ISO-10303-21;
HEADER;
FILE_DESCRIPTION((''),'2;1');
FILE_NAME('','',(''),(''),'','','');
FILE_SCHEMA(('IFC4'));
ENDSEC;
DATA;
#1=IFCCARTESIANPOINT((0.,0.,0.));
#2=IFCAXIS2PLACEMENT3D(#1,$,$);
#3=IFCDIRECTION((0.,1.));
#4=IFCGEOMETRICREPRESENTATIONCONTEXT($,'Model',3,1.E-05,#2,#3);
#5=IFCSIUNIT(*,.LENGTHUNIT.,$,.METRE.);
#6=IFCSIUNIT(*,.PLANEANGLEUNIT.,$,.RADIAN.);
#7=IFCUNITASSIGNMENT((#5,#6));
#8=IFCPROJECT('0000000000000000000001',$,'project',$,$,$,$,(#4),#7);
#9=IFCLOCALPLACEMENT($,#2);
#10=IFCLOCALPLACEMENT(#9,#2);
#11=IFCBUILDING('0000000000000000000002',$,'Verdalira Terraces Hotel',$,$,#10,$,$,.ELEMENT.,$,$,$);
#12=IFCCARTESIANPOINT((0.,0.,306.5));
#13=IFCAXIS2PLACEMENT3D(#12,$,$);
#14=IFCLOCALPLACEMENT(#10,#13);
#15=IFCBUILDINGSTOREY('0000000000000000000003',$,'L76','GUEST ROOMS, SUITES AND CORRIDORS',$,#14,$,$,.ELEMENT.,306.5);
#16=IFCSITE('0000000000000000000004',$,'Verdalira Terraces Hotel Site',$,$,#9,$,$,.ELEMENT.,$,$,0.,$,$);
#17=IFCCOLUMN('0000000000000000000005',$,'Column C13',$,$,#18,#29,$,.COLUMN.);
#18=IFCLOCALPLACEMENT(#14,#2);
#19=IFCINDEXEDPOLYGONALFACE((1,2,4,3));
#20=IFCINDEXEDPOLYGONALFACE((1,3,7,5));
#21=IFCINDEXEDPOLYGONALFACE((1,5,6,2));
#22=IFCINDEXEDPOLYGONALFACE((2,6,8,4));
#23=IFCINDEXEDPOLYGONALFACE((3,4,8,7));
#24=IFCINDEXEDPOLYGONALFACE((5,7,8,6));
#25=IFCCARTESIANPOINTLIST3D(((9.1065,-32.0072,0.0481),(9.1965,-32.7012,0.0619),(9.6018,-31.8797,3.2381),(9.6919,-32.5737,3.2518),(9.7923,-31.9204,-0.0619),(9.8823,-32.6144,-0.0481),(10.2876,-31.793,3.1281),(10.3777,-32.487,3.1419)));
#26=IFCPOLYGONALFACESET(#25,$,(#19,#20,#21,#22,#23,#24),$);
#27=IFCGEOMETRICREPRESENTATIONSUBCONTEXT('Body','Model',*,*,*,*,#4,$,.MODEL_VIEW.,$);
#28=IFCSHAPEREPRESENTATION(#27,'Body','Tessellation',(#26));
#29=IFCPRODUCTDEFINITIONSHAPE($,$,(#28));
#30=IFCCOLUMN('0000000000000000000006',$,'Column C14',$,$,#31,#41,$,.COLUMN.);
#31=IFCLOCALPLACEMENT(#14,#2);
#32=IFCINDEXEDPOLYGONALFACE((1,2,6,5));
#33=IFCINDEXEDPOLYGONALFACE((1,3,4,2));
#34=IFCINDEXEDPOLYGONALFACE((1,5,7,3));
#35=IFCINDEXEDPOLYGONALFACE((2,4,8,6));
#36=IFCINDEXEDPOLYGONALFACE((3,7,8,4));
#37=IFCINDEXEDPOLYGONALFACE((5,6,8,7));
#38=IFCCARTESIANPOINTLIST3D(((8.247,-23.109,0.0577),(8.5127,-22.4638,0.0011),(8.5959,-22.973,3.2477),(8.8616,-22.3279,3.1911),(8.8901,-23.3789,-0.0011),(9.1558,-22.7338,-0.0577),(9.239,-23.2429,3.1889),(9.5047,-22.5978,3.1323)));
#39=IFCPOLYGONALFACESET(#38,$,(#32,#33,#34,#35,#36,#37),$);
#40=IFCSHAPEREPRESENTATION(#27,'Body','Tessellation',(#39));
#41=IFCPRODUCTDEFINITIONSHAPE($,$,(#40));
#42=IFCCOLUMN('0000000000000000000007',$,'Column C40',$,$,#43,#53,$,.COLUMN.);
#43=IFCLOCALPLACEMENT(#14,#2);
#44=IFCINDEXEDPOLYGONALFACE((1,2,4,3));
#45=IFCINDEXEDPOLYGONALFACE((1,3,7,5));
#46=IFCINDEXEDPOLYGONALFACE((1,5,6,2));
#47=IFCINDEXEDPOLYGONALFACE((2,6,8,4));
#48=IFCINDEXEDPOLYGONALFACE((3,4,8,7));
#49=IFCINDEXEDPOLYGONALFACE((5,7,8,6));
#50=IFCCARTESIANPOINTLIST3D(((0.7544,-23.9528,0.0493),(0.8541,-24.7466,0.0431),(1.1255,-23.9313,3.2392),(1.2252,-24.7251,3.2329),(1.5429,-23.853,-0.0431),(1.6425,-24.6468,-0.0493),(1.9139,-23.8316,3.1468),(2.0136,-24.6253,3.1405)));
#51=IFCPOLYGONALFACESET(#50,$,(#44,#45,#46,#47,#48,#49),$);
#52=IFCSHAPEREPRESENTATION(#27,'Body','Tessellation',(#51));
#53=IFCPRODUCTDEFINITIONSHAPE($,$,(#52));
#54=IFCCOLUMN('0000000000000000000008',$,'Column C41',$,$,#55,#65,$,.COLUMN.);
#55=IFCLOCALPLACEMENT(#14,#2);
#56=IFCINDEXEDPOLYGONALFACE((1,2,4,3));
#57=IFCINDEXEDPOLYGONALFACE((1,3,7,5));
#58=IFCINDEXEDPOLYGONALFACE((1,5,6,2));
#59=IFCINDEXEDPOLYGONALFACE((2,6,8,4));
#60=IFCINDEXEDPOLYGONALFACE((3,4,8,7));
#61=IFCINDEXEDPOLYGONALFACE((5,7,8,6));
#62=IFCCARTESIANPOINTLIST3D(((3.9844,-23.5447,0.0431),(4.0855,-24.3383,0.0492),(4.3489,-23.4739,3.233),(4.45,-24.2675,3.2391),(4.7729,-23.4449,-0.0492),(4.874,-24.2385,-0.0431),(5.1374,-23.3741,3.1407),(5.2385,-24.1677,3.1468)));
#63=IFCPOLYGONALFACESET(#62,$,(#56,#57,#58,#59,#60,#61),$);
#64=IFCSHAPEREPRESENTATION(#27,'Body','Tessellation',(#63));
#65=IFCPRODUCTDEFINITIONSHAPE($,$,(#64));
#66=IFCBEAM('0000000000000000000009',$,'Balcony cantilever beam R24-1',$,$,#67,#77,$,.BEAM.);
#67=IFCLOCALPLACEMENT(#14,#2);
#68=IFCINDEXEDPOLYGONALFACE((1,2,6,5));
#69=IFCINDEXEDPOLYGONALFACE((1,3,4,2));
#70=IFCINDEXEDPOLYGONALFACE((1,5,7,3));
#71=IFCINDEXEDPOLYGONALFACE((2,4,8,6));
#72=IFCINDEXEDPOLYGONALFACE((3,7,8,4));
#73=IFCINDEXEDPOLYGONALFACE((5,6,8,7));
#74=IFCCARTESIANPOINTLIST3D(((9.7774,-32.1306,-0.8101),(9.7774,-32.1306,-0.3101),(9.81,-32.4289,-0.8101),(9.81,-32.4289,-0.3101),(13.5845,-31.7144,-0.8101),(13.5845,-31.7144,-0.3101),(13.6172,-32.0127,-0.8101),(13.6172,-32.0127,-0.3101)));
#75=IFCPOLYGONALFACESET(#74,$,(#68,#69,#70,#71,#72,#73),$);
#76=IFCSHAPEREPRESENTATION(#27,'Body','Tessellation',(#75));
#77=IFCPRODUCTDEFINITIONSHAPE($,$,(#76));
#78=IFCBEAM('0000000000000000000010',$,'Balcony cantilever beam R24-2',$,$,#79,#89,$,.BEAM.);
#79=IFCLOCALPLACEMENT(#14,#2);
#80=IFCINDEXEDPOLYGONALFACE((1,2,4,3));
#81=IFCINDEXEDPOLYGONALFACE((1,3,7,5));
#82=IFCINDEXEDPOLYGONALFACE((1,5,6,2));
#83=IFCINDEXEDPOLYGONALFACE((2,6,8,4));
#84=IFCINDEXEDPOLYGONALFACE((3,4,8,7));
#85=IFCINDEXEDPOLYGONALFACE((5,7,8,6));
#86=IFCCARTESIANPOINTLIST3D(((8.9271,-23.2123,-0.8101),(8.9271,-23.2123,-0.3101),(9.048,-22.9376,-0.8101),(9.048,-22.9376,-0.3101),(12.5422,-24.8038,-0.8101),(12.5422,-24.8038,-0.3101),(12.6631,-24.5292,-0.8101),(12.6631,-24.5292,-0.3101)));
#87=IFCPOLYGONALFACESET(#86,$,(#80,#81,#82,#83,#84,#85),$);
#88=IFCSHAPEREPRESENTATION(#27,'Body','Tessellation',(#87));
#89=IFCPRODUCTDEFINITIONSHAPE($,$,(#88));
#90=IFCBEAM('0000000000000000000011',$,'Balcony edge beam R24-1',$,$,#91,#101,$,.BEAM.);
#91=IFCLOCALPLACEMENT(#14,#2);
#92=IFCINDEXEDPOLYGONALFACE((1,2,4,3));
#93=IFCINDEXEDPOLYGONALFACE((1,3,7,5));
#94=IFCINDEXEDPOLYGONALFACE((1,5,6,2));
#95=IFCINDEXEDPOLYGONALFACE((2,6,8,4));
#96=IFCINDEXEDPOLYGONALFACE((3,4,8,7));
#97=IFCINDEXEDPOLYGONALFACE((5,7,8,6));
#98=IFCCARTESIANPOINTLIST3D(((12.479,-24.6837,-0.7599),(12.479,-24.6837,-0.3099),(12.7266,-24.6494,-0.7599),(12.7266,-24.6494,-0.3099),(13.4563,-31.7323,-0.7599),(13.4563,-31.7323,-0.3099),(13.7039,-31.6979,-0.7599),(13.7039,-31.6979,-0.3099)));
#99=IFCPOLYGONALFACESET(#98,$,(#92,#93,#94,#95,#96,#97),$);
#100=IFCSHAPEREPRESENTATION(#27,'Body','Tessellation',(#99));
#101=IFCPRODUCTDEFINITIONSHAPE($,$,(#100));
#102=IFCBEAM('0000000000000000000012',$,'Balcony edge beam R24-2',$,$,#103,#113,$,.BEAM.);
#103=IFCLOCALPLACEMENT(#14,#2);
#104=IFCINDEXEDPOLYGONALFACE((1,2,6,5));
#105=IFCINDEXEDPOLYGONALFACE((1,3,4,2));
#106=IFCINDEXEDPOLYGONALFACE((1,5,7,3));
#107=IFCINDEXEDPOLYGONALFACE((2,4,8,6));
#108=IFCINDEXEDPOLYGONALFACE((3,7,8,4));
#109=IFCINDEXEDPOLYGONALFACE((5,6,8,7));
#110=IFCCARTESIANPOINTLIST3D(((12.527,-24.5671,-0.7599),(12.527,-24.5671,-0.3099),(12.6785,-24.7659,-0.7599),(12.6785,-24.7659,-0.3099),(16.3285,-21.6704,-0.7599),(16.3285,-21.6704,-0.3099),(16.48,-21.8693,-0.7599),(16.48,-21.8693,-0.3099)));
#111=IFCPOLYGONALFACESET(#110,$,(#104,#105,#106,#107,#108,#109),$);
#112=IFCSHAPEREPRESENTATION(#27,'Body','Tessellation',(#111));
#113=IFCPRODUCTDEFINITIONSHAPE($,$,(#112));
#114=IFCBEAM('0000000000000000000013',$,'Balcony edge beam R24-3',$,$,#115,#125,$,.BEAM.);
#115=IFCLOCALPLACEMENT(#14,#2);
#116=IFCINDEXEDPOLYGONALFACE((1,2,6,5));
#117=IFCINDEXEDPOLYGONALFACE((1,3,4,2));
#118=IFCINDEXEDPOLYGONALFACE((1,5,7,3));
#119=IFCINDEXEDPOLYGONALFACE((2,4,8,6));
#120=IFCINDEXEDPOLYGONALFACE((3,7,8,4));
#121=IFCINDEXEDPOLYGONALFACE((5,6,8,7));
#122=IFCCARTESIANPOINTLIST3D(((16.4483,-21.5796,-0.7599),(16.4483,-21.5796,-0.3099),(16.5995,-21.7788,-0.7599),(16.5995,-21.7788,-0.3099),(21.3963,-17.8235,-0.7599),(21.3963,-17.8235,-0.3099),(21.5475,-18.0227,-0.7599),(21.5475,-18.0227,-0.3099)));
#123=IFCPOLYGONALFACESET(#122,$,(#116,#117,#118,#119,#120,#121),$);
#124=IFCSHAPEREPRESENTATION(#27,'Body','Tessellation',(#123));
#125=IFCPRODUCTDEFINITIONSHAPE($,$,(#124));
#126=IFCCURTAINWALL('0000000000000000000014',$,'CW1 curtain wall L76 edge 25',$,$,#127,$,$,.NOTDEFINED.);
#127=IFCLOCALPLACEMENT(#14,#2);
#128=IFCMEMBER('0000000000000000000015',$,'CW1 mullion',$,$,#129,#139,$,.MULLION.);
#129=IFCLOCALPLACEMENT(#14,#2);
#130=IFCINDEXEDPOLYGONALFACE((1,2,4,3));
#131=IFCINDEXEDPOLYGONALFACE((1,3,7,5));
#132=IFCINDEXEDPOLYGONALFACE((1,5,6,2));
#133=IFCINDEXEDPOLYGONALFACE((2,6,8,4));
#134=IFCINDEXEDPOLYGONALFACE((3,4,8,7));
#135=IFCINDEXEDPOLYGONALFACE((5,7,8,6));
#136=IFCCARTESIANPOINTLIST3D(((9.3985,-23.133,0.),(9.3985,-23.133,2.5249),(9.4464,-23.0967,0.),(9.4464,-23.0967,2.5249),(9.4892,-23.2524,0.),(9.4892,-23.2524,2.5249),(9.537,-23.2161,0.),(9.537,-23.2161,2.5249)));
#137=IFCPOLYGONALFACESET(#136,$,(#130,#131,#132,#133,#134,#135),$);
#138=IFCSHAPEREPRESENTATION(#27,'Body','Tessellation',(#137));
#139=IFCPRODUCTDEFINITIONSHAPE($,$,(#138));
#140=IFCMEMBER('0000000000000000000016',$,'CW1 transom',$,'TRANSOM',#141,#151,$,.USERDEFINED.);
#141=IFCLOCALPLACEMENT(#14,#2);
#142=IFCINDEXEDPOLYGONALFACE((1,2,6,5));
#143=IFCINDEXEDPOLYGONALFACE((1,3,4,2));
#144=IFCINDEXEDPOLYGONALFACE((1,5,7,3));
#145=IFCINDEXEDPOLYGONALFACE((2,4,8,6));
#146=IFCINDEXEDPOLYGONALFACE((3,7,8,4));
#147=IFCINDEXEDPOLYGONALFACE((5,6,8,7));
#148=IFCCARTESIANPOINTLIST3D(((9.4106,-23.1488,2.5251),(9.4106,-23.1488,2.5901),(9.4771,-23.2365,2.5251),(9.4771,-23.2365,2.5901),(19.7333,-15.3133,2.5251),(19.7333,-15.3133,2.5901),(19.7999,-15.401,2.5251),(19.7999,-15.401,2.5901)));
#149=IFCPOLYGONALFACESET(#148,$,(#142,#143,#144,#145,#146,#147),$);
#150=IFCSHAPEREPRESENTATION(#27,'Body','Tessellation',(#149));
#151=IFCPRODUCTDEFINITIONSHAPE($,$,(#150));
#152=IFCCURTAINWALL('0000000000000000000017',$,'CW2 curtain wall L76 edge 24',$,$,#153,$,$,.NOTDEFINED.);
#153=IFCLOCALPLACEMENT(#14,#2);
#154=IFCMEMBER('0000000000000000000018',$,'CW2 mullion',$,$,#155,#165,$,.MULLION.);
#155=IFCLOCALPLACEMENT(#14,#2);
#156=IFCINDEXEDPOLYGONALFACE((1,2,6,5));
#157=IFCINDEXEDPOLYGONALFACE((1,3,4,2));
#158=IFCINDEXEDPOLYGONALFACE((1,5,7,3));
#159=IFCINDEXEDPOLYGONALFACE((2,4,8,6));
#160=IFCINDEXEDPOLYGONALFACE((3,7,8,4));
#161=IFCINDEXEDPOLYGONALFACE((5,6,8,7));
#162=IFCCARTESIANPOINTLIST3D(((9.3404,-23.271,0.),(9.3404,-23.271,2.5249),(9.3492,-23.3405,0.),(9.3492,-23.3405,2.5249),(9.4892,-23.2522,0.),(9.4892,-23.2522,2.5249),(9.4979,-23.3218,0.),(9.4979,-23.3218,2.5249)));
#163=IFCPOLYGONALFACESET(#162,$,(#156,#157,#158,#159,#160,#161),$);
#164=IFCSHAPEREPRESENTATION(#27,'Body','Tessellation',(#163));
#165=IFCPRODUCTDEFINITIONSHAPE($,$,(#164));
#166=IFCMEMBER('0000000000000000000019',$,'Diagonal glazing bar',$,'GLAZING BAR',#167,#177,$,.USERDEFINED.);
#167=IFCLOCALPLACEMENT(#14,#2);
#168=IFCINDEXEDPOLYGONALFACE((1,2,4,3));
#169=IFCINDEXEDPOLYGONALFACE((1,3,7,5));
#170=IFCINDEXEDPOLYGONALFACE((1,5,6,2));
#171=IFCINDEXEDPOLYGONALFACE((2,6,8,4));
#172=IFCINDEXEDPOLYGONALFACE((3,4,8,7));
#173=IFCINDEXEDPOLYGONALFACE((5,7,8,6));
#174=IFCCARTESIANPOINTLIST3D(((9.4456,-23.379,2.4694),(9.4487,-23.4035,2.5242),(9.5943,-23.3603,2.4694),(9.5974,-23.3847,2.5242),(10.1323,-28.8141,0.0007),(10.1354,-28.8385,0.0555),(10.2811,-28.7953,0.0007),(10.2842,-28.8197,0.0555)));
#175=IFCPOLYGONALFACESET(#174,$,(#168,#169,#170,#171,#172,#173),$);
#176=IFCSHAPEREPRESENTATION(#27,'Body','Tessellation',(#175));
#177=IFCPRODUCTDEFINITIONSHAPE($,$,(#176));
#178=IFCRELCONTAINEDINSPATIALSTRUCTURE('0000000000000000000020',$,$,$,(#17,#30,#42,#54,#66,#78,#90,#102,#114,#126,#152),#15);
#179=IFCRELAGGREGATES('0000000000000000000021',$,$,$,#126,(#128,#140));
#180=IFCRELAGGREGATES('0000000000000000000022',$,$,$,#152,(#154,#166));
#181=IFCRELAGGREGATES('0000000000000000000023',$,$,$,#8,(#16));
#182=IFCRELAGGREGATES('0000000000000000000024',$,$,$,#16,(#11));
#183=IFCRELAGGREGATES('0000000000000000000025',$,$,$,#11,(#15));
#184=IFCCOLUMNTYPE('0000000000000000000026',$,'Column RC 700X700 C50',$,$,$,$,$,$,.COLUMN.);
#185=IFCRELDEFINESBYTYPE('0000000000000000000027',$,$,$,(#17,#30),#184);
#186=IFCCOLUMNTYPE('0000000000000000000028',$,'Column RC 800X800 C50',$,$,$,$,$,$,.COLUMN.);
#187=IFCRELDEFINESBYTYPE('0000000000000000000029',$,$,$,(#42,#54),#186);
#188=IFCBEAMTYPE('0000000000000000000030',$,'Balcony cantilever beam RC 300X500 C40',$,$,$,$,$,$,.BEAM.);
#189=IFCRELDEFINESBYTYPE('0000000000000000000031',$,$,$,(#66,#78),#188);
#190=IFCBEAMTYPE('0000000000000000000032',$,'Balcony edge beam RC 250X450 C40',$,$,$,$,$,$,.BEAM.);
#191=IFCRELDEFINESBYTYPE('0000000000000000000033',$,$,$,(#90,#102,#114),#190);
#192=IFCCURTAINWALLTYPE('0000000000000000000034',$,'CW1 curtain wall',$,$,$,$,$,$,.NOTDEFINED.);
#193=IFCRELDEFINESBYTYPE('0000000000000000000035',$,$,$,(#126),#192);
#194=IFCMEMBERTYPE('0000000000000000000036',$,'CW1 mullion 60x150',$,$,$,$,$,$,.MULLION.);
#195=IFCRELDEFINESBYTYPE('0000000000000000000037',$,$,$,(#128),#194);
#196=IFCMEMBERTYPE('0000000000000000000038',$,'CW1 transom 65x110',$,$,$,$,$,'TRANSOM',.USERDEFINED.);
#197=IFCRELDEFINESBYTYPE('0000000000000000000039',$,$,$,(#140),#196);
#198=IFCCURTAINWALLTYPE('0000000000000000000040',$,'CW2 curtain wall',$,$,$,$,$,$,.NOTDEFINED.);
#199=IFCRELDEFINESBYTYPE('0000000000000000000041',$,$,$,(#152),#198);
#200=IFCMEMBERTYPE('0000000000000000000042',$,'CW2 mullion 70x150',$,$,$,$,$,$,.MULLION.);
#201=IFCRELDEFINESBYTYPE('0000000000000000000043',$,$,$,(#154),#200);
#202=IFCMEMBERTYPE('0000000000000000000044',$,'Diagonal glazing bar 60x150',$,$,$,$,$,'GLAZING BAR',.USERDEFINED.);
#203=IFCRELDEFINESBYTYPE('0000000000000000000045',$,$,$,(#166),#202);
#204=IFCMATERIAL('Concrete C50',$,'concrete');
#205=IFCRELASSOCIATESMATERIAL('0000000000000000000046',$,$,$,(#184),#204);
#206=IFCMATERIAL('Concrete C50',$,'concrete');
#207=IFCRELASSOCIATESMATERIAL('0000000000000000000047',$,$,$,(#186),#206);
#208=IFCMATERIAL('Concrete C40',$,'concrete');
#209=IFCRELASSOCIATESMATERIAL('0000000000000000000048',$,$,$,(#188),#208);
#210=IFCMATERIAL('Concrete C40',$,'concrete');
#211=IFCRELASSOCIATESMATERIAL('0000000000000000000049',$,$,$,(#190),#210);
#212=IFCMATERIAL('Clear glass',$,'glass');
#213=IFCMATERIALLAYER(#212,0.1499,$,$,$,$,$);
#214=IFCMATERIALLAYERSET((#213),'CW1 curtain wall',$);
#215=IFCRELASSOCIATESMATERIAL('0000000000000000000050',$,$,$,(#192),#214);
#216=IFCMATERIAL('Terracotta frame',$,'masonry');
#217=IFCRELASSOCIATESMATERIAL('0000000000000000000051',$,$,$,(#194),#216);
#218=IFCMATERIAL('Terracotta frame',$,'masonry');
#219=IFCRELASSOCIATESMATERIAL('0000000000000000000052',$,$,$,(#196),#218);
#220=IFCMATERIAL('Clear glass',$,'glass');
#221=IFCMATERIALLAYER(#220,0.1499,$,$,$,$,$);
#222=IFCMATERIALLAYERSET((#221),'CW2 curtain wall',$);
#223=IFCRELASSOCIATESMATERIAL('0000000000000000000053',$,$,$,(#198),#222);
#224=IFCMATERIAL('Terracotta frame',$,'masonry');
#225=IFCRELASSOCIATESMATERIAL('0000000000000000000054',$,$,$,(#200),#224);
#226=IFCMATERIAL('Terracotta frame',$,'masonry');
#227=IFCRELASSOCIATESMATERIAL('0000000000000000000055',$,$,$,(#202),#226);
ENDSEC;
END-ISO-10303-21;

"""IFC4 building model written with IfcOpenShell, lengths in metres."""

from ifc_helpers import new_model, si_unit, direction, frame, origin, origin_2d, place, context, subcontext, project, spatial, rectangle, extrude, material, layer, layer_set, material_profile, profile_set, type_object, element, aggregate, save


model = new_model("IFC4")

# Units and contexts
model_context = context("Model", 3, precision=1e-05, world=origin(), true_north=direction((0.0, 1.0)))
body_context = subcontext(model_context, "Body", "Model", "MODEL_VIEW")
ifc_project = project(units=[si_unit("LENGTHUNIT", "METRE"), si_unit("PLANEANGLEUNIT", "RADIAN")], contexts=[model_context])

# Site, building, storey
site_placement = place(None, origin())
site = spatial("IfcSite", under=ifc_project, at=site_placement, Name="Verdalira Terraces Hotel Site", CompositionType="ELEMENT", RefElevation=0.0)
building_placement = place(site_placement, origin())
building = spatial("IfcBuilding", under=site, at=building_placement, Name="Verdalira Terraces Hotel", CompositionType="ELEMENT")
storey_placement = place(building_placement, frame((0.0, 0.0, 306.5)))
storey = spatial("IfcBuildingStorey", under=building, at=storey_placement, Name="L76", Description="GUEST ROOMS, SUITES AND CORRIDORS", CompositionType="ELEMENT", Elevation=306.5)

# Columns
ifc_material_1 = material(Name="Concrete C50", Category="concrete")
ifc_material_profile_1 = material_profile(ifc_material_1, rectangle(XDim=0.7, YDim=0.7, at=origin_2d()), Name="RC 700X700")
ifc_profile_set_1 = profile_set([ifc_material_profile_1], Name="Concrete C50")
column_type_1 = type_object("IfcColumnType", Name="Column RC 700X700 C50", PredefinedType="COLUMN", material=ifc_profile_set_1)
column_1_placement = place(storey_placement, frame((9.4944, -32.3108, 0.0), z_axis=(0.15333, 0.039447, 0.987387), x_axis=(-0.128599, 0.991502, -0.019642)))
element("IfcColumn", 1, at=column_1_placement, inside=storey, type_object=column_type_1, Name="Column C13", PredefinedType="COLUMN", context=body_context, shape_type="SweptSolid", body=[
    extrude(rectangle(XDim=0.7, YDim=0.7, at=origin_2d()), origin(), (0.0, 0.0, 1.0), 3.2307),
])
column_2_placement = place(storey_placement, frame((8.7014, -22.9214, 0.0), z_axis=(0.108622, 0.042339, 0.993181), x_axis=(-0.379522, -0.921648, 0.080797)))
element("IfcColumn", 2, at=column_2_placement, inside=storey, type_object=column_type_1, Name="Column C14", PredefinedType="COLUMN", context=body_context, shape_type="SweptSolid", body=[
    extrude(rectangle(XDim=0.7, YDim=0.7, at=origin_2d()), origin(), (0.0, 0.0, 1.0), 3.2119),
])
ifc_material_2 = material(Name="Concrete C50", Category="concrete")
ifc_material_profile_2 = material_profile(ifc_material_2, rectangle(XDim=0.8, YDim=0.8, at=origin_2d()), Name="RC 800X800")
ifc_profile_set_2 = profile_set([ifc_material_profile_2], Name="Concrete C50")
column_type_2 = type_object("IfcColumnType", Name="Column RC 800X800 C50", PredefinedType="COLUMN", material=ifc_profile_set_2)
for number, where, z_axis, x_axis, name in (
    (3, (1.1985, -24.2998, 0.0), (0.115551, 0.00669, 0.993279), (0.124595, -0.992177, -0.007812), "Column C40"),
    (4, (4.4292, -23.8916, 0.0), (0.1135, 0.022046, 0.993293), (0.126363, -0.991955, 0.007577), "Column C41"),
):
    element("IfcColumn", number, at=place(storey_placement, frame(where, z_axis=z_axis, x_axis=x_axis)), inside=storey, type_object=column_type_2, Name=name, PredefinedType="COLUMN", context=body_context, shape_type="SweptSolid", body=[
        extrude(rectangle(XDim=0.8, YDim=0.8, at=origin_2d()), origin(), (0.0, 0.0, 1.0), 3.2114),
    ])

# Beams
ifc_material_3 = material(Name="Concrete C40", Category="concrete")
ifc_material_profile_3 = material_profile(ifc_material_3, rectangle(XDim=0.3, YDim=0.5, at=origin_2d()), Name="RC 300X500")
ifc_profile_set_3 = profile_set([ifc_material_profile_3], Name="Concrete C40")
beam_type_1 = type_object("IfcBeamType", Name="Balcony cantilever beam RC 300X500 C40", PredefinedType="BEAM", material=ifc_profile_set_3)
beam_1_placement = place(storey_placement, frame((9.7937, -32.2798, -0.5601), z_axis=(0.994076, 0.108689, 0.0), x_axis=(-0.108689, 0.994076, 0.0)))
element("IfcBeam", 5, at=beam_1_placement, inside=storey, type_object=beam_type_1, Name="Balcony cantilever beam R24-1", PredefinedType="BEAM", context=body_context, shape_type="SweptSolid", body=[
    extrude(rectangle(XDim=0.3, YDim=0.5, at=origin_2d()), origin(), (0.0, 0.0, 1.0), 3.8298),
])
beam_2_placement = place(storey_placement, frame((8.9875, -23.075, -0.5601), z_axis=(0.915236, -0.402919, 0.0), x_axis=(0.402919, 0.915236, 0.0)))
element("IfcBeam", 6, at=beam_2_placement, inside=storey, type_object=beam_type_1, Name="Balcony cantilever beam R24-2", PredefinedType="BEAM", context=body_context, shape_type="SweptSolid", body=[
    extrude(rectangle(XDim=0.3, YDim=0.5, at=origin_2d()), origin(), (0.0, 0.0, 1.0), 3.95),
])
ifc_material_4 = material(Name="Concrete C40", Category="concrete")
ifc_material_profile_4 = material_profile(ifc_material_4, rectangle(XDim=0.25, YDim=0.45, at=origin_2d()), Name="RC 250X450")
ifc_profile_set_4 = profile_set([ifc_material_profile_4], Name="Concrete C40")
beam_type_2 = type_object("IfcBeamType", Name="Balcony edge beam RC 250X450 C40", PredefinedType="BEAM", material=ifc_profile_set_4)
beam_3_placement = place(storey_placement, frame((13.5801, -31.7151, -0.5349), z_axis=(-0.137337, 0.990524, 0.0), x_axis=(-0.990524, -0.137337, 0.0)))
element("IfcBeam", 7, at=beam_3_placement, inside=storey, type_object=beam_type_2, Name="Balcony edge beam R24-1", PredefinedType="BEAM", context=body_context, shape_type="SweptSolid", body=[
    extrude(rectangle(XDim=0.25, YDim=0.45, at=origin_2d()), origin(), (0.0, 0.0, 1.0), 7.116),
])
beam_4_placement = place(storey_placement, frame((12.6028, -24.6665, -0.5349), z_axis=(0.795398, 0.606088, 0.0), x_axis=(-0.606088, 0.795398, 0.0)))
element("IfcBeam", 8, at=beam_4_placement, inside=storey, type_object=beam_type_2, Name="Balcony edge beam R24-2", PredefinedType="BEAM", context=body_context, shape_type="SweptSolid", body=[
    extrude(rectangle(XDim=0.25, YDim=0.45, at=origin_2d()), origin(), (0.0, 0.0, 1.0), 4.7793),
])
beam_5_placement = place(storey_placement, frame((16.5239, -21.6792, -0.5349), z_axis=(0.796501, 0.604637, 0.0), x_axis=(-0.604637, 0.796501, 0.0)))
element("IfcBeam", 9, at=beam_5_placement, inside=storey, type_object=beam_type_2, Name="Balcony edge beam R24-3", PredefinedType="BEAM", context=body_context, shape_type="SweptSolid", body=[
    extrude(rectangle(XDim=0.25, YDim=0.45, at=origin_2d()), origin(), (0.0, 0.0, 1.0), 6.2122),
])

# Curtain walls, members
ifc_material_5 = material(Name="Clear glass", Category="glass")
ifc_layer_1 = layer(ifc_material_5, 0.1499)
ifc_layer_set_1 = layer_set([ifc_layer_1], Name="CW1 curtain wall")
curtain_wall_type_1 = type_object("IfcCurtainWallType", Name="CW1 curtain wall", PredefinedType="NOTDEFINED", material=ifc_layer_set_1)
curtain_wall_1_placement = place(storey_placement, origin())
curtain_wall_1 = element("IfcCurtainWall", 10, at=curtain_wall_1_placement, inside=storey, type_object=curtain_wall_type_1, Name="CW1 curtain wall L76 edge 25", PredefinedType="NOTDEFINED")
ifc_material_6 = material(Name="Terracotta frame", Category="masonry")
ifc_material_profile_5 = material_profile(ifc_material_6, rectangle(XDim=0.0601, YDim=0.1499, at=origin_2d()), Name="MU 60x150")
ifc_profile_set_5 = profile_set([ifc_material_profile_5], Name="Terracotta frame")
member_type_1 = type_object("IfcMemberType", Name="CW1 mullion 60x150", PredefinedType="MULLION", material=ifc_profile_set_5)
member_1_placement = place(storey_placement, frame((9.4678, -23.1746, 0.0), z_axis=(0.0, 0.0, 1.0), x_axis=(0.79653, 0.604599, 0.0)))
member_1 = element("IfcMember", 11, at=member_1_placement, type_object=member_type_1, Name="CW1 mullion", PredefinedType="MULLION", context=body_context, shape_type="SweptSolid", body=[
    extrude(rectangle(XDim=0.0601, YDim=0.1499, at=origin_2d()), origin(), (0.0, 0.0, 1.0), 2.5249),
])
ifc_material_7 = material(Name="Terracotta frame", Category="masonry")
ifc_material_profile_6 = material_profile(ifc_material_7, rectangle(XDim=0.1101, YDim=0.0649, at=origin_2d()), Name="TR 65x110")
ifc_profile_set_6 = profile_set([ifc_material_profile_6], Name="Terracotta frame")
member_type_2 = type_object("IfcMemberType", Name="CW1 transom 65x110", ElementType="TRANSOM", PredefinedType="USERDEFINED", material=ifc_profile_set_6)
member_2_placement = place(storey_placement, frame((9.4438, -23.1926, 2.5576), z_axis=(0.796528, 0.604602, 0.0), x_axis=(-0.604602, 0.796528, 0.0)))
member_2 = element("IfcMember", 12, at=member_2_placement, type_object=member_type_2, Name="CW1 transom", ObjectType="TRANSOM", PredefinedType="USERDEFINED", context=body_context, shape_type="SweptSolid", body=[
    extrude(rectangle(XDim=0.1101, YDim=0.0649, at=origin_2d()), origin(), (0.0, 0.0, 1.0), 12.9597),
])
ifc_material_8 = material(Name="Clear glass", Category="glass")
ifc_layer_2 = layer(ifc_material_8, 0.1499)
ifc_layer_set_2 = layer_set([ifc_layer_2], Name="CW2 curtain wall")
curtain_wall_type_2 = type_object("IfcCurtainWallType", Name="CW2 curtain wall", PredefinedType="NOTDEFINED", material=ifc_layer_set_2)
curtain_wall_2_placement = place(storey_placement, origin())
curtain_wall_2 = element("IfcCurtainWall", 13, at=curtain_wall_2_placement, inside=storey, type_object=curtain_wall_type_2, Name="CW2 curtain wall L76 edge 24", PredefinedType="NOTDEFINED")
ifc_material_9 = material(Name="Terracotta frame", Category="masonry")
ifc_material_profile_7 = material_profile(ifc_material_9, rectangle(XDim=0.0701, YDim=0.1499, at=origin_2d()), Name="MU 70x150")
ifc_profile_set_7 = profile_set([ifc_material_profile_7], Name="Terracotta frame")
member_type_3 = type_object("IfcMemberType", Name="CW2 mullion 70x150", PredefinedType="MULLION", material=ifc_profile_set_7)
member_3_placement = place(storey_placement, frame((9.4192, -23.2964, 0.0), z_axis=(0.0, 0.0, 1.0), x_axis=(-0.125333, 0.992115, 0.0)))
member_3 = element("IfcMember", 14, at=member_3_placement, type_object=member_type_3, Name="CW2 mullion", PredefinedType="MULLION", context=body_context, shape_type="SweptSolid", body=[
    extrude(rectangle(XDim=0.0701, YDim=0.1499, at=origin_2d()), origin(), (0.0, 0.0, 1.0), 2.5249),
])
ifc_material_10 = material(Name="Terracotta frame", Category="masonry")
ifc_material_profile_8 = material_profile(ifc_material_10, rectangle(XDim=0.1499, YDim=0.0601, at=origin_2d()), Name="GB 60x150")
ifc_profile_set_8 = profile_set([ifc_material_profile_8], Name="Terracotta frame")
member_type_4 = type_object("IfcMemberType", Name="Diagonal glazing bar 60x150", ElementType="GLAZING BAR", PredefinedType="USERDEFINED", material=ifc_profile_set_8)
member_4_placement = place(storey_placement, frame((10.2083, -28.8169, 0.0281), z_axis=(-0.114293, 0.904509, 0.410853), x_axis=(-0.992111, -0.125362, 0.0)))
member_4 = element("IfcMember", 15, at=member_4_placement, type_object=member_type_4, Name="Diagonal glazing bar", ObjectType="GLAZING BAR", PredefinedType="USERDEFINED", context=body_context, shape_type="SweptSolid", body=[
    extrude(rectangle(XDim=0.1499, YDim=0.0601, at=origin_2d()), origin(), (0.0, 0.0, 1.0), 6.0088),
])

aggregate(curtain_wall_1, [member_1, member_2])
aggregate(curtain_wall_2, [member_3, member_4])

save(model, "model.ifc")
